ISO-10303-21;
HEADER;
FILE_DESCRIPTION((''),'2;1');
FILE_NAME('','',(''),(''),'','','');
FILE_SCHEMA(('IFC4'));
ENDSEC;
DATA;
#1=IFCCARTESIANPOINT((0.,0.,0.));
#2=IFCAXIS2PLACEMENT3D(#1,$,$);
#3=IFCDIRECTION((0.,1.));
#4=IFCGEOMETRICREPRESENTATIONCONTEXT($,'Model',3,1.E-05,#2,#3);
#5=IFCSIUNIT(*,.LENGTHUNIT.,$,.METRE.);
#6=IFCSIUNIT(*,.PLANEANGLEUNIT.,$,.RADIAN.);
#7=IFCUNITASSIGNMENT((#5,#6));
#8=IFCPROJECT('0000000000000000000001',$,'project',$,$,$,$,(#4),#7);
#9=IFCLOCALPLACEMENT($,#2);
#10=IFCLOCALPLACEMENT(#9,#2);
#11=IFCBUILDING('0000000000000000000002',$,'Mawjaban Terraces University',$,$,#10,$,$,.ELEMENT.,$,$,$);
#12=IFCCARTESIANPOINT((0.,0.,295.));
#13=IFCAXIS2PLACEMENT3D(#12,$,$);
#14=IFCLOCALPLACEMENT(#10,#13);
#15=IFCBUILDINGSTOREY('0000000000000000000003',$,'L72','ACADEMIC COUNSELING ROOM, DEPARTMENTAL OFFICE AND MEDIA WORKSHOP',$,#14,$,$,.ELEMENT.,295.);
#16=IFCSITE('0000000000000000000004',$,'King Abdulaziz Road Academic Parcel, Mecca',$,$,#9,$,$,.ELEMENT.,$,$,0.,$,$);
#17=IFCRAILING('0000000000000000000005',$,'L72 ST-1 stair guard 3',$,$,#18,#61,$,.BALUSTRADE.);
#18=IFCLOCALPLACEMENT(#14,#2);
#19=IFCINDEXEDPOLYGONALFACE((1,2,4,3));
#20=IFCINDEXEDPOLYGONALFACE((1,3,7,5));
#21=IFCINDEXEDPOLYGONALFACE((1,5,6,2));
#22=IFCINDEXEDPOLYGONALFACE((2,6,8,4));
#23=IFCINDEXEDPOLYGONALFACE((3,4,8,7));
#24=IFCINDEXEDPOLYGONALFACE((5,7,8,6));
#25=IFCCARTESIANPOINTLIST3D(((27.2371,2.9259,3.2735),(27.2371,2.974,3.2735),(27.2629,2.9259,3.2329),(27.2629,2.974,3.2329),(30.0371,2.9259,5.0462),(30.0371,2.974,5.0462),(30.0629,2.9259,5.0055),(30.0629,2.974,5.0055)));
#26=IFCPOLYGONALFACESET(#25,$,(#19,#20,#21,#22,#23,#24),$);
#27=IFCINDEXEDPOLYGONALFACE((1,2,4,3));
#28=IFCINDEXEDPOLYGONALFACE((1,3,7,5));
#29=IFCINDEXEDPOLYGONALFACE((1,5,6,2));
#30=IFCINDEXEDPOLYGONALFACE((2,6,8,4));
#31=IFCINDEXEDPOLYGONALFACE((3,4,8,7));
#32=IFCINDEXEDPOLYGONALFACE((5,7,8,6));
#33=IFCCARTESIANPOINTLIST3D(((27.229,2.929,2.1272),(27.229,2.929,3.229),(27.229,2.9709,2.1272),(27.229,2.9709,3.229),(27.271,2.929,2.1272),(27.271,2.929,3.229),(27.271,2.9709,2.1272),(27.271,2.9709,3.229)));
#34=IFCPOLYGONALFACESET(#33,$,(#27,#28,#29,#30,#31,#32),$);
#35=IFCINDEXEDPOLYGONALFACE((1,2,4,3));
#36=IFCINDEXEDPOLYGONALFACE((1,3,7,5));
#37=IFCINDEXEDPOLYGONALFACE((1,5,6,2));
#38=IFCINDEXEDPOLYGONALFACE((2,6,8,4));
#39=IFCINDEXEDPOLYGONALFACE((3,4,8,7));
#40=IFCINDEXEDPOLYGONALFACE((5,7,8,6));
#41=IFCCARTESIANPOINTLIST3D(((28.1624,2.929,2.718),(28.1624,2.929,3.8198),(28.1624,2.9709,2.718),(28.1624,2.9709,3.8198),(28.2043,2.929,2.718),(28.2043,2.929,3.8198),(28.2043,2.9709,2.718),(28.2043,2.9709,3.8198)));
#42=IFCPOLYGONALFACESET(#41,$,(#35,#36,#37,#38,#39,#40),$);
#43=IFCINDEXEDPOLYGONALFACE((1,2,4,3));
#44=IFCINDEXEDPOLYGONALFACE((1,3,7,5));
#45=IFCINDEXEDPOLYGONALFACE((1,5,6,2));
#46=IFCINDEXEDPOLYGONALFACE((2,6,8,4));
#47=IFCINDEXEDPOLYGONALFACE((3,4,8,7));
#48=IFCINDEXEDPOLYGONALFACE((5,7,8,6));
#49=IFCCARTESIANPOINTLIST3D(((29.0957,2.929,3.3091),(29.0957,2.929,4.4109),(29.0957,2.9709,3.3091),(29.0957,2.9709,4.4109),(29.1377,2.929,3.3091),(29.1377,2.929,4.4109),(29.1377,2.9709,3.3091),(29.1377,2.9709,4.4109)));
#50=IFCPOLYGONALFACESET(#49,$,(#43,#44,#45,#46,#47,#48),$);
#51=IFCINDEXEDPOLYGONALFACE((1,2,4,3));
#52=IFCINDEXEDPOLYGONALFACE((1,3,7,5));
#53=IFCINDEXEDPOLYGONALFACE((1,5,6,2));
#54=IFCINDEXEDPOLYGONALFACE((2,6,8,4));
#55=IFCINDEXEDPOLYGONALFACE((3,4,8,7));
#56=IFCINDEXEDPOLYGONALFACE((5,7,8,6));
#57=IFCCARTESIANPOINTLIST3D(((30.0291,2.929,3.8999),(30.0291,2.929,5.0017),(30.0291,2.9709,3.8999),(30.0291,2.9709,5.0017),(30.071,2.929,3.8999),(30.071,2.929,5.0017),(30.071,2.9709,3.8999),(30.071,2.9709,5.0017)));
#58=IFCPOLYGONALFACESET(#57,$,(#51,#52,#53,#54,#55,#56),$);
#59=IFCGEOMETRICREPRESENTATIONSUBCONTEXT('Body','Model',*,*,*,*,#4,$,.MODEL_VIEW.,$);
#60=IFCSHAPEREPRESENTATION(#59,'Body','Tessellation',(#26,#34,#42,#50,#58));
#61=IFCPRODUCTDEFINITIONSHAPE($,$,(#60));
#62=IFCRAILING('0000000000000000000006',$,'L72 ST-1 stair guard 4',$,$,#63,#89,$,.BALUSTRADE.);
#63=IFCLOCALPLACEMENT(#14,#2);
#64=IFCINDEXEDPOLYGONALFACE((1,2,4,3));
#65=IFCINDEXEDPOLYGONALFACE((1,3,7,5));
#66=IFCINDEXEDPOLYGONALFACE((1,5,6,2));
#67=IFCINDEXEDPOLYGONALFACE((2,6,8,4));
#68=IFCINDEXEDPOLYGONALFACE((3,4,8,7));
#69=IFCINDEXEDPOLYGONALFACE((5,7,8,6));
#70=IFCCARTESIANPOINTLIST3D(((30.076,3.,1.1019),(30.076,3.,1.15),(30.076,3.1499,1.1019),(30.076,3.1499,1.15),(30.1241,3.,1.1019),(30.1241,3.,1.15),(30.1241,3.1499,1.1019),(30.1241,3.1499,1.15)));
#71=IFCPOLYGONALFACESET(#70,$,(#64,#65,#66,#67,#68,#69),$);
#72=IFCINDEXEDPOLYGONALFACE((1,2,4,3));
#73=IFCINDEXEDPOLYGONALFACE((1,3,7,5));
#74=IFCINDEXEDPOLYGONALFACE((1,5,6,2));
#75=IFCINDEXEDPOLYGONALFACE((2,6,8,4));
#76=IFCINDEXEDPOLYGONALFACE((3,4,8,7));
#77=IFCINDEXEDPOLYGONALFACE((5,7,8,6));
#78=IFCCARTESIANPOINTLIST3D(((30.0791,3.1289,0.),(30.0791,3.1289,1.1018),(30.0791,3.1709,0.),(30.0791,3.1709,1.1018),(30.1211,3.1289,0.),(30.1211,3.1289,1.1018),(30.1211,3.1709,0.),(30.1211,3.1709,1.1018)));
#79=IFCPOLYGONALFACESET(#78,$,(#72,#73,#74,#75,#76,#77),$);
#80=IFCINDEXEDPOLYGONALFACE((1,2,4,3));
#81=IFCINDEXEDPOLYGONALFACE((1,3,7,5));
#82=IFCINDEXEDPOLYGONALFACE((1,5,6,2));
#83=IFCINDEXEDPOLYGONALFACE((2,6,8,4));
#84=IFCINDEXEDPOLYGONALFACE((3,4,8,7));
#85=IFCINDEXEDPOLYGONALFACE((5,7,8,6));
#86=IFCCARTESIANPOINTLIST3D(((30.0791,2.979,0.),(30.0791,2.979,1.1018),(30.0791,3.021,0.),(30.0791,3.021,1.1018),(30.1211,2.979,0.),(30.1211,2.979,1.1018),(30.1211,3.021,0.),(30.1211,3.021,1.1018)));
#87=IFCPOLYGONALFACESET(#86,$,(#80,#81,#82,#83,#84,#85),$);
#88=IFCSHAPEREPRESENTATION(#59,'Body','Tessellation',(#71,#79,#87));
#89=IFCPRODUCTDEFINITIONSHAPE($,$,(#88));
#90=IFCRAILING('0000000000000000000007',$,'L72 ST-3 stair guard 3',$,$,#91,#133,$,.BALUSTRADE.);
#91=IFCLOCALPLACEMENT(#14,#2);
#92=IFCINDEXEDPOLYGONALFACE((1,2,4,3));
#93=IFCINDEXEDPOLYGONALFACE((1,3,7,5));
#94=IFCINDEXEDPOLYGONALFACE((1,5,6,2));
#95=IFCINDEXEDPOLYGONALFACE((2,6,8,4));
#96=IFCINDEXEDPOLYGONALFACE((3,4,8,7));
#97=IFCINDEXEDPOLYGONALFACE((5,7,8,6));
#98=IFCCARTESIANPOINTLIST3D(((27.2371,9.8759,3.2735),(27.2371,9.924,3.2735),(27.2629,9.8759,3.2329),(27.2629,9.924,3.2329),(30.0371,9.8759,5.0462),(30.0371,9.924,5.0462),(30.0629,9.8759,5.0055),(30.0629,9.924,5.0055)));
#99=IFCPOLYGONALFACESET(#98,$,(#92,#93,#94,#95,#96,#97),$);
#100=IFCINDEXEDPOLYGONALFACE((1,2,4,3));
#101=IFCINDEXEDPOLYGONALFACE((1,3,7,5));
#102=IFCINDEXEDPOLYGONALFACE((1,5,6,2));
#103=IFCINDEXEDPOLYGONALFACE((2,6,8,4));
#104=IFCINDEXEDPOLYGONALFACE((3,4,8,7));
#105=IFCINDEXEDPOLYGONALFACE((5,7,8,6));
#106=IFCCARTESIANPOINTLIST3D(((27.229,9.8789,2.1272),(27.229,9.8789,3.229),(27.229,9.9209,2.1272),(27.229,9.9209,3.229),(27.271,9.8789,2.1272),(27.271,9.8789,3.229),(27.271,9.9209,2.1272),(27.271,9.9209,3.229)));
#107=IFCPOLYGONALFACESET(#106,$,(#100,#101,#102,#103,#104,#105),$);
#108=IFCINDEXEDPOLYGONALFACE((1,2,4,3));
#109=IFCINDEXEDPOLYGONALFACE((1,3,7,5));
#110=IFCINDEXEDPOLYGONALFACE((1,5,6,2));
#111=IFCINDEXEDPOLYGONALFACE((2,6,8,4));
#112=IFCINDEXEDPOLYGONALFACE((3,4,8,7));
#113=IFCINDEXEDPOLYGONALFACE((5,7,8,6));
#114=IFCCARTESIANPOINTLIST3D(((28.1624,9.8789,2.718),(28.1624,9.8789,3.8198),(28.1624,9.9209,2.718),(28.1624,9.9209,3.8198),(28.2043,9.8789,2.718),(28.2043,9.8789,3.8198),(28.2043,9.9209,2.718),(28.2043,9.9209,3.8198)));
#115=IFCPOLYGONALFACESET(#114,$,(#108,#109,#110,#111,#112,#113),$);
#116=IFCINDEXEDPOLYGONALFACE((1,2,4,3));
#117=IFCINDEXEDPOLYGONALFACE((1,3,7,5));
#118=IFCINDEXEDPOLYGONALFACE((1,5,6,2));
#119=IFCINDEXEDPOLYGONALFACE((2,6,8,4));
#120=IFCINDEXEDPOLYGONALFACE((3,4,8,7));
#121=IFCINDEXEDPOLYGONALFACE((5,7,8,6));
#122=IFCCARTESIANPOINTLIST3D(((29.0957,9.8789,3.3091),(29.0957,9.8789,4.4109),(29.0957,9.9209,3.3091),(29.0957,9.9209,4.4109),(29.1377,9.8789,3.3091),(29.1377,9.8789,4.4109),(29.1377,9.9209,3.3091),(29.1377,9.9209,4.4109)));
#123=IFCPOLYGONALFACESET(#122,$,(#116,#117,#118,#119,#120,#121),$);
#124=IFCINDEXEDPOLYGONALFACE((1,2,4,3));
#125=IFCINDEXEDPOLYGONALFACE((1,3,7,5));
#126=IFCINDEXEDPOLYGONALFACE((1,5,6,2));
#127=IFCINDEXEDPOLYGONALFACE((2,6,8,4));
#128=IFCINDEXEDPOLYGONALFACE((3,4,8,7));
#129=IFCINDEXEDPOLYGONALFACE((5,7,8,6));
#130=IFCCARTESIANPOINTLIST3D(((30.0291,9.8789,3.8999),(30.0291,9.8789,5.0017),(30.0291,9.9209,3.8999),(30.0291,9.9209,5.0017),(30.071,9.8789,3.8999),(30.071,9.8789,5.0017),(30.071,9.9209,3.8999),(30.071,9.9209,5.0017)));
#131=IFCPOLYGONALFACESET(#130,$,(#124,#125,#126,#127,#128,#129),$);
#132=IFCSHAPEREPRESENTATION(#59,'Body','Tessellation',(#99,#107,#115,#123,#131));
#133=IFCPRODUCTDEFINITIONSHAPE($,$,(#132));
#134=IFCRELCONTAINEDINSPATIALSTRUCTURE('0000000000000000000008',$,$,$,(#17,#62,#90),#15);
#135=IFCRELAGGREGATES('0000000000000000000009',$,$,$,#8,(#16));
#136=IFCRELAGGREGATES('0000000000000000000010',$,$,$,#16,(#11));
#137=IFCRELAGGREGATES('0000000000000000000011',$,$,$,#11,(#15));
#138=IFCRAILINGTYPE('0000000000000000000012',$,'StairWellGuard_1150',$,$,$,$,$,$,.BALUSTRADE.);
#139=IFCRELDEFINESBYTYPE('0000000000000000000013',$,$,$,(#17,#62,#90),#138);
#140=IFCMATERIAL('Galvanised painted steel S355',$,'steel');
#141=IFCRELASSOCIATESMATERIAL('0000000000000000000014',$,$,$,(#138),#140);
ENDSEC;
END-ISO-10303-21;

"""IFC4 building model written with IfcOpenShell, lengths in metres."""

from ifc_helpers import new_model, si_unit, direction, frame, origin, origin_2d, place, context, subcontext, project, spatial, rectangle, extrude, material, type_object, element, save


model = new_model("IFC4")

# Units and contexts
model_context = context("Model", 3, precision=1e-05, world=origin(), true_north=direction((0.0, 1.0)))
body_context = subcontext(model_context, "Body", "Model", "MODEL_VIEW")
ifc_project = project(units=[si_unit("LENGTHUNIT", "METRE"), si_unit("PLANEANGLEUNIT", "RADIAN")], contexts=[model_context])

# Site, building, storey
site_placement = place(None, origin())
site = spatial("IfcSite", under=ifc_project, at=site_placement, Name="King Abdulaziz Road Academic Parcel, Mecca", CompositionType="ELEMENT", RefElevation=0.0)
building_placement = place(site_placement, origin())
building = spatial("IfcBuilding", under=site, at=building_placement, Name="Mawjaban Terraces University", CompositionType="ELEMENT")
storey_placement = place(building_placement, frame((0.0, 0.0, 295.0)))
storey = spatial("IfcBuildingStorey", under=building, at=storey_placement, Name="L72", Description="ACADEMIC COUNSELING ROOM, DEPARTMENTAL OFFICE AND MEDIA WORKSHOP", CompositionType="ELEMENT", Elevation=295.0)

# Railings
ifc_material_1 = material(Name="Galvanised painted steel S355", Category="steel")
railing_type_1 = type_object("IfcRailingType", Name="StairWellGuard_1150", PredefinedType="BALUSTRADE", material=ifc_material_1)
railing_1_placement = place(storey_placement, frame((27.25, 2.95, 2.1272)))
element("IfcRailing", 1, at=railing_1_placement, inside=storey, type_object=railing_type_1, Name="L72 ST-1 stair guard 3", PredefinedType="BALUSTRADE", context=body_context, shape_type="SweptSolid", body=[
    extrude(rectangle(XDim=0.0481, YDim=0.0481, at=origin_2d()), frame((0.0, 0.0, 1.126), z_axis=(0.844909, 0.0, 0.53491), x_axis=(0.0, 1.0, 0.0)), (0.0, 0.0, 1.0), 3.314),
    extrude(rectangle(XDim=0.042, YDim=0.042, at=origin_2d()), origin(), (0.0, 0.0, 1.0), 1.1018),
    extrude(rectangle(XDim=0.042, YDim=0.042, at=origin_2d()), frame((0.9333, 0.0, 0.5908)), (0.0, 0.0, 1.0), 1.1018),
    extrude(rectangle(XDim=0.042, YDim=0.042, at=origin_2d()), frame((1.8667, 0.0, 1.1819)), (0.0, 0.0, 1.0), 1.1018),
    extrude(rectangle(XDim=0.042, YDim=0.042, at=origin_2d()), frame((2.8, 0.0, 1.7727)), (0.0, 0.0, 1.0), 1.1018),
])
railing_2_placement = place(storey_placement, frame((30.1001, 3.1499, 0.0)))
element("IfcRailing", 2, at=railing_2_placement, inside=storey, type_object=railing_type_1, Name="L72 ST-1 stair guard 4", PredefinedType="BALUSTRADE", context=body_context, shape_type="SweptSolid", body=[
    extrude(rectangle(XDim=0.0481, YDim=0.0481, at=origin_2d()), frame((0.0, 0.0, 1.126), z_axis=(0.0, -1.0, 0.0), x_axis=(1.0, 0.0, 0.0)), (0.0, 0.0, 1.0), 0.1499),
    extrude(rectangle(XDim=0.042, YDim=0.042, at=origin_2d()), origin(), (0.0, 0.0, 1.0), 1.1018),
    extrude(rectangle(XDim=0.042, YDim=0.042, at=origin_2d()), frame((0.0, -0.1499, 0.0)), (0.0, 0.0, 1.0), 1.1018),
])
railing_3_placement = place(storey_placement, frame((27.25, 9.8999, 2.1272)))
element("IfcRailing", 3, at=railing_3_placement, inside=storey, type_object=railing_type_1, Name="L72 ST-3 stair guard 3", PredefinedType="BALUSTRADE", context=body_context, shape_type="SweptSolid", body=[
    extrude(rectangle(XDim=0.0481, YDim=0.0481, at=origin_2d()), frame((0.0, 0.0, 1.126), z_axis=(0.844909, 0.0, 0.53491), x_axis=(0.0, 1.0, 0.0)), (0.0, 0.0, 1.0), 3.314),
    extrude(rectangle(XDim=0.042, YDim=0.042, at=origin_2d()), origin(), (0.0, 0.0, 1.0), 1.1018),
    extrude(rectangle(XDim=0.042, YDim=0.042, at=origin_2d()), frame((0.9333, 0.0, 0.5908)), (0.0, 0.0, 1.0), 1.1018),
    extrude(rectangle(XDim=0.042, YDim=0.042, at=origin_2d()), frame((1.8667, 0.0, 1.1819)), (0.0, 0.0, 1.0), 1.1018),
    extrude(rectangle(XDim=0.042, YDim=0.042, at=origin_2d()), frame((2.8, 0.0, 1.7727)), (0.0, 0.0, 1.0), 1.1018),
])

save(model, "model.ifc")
